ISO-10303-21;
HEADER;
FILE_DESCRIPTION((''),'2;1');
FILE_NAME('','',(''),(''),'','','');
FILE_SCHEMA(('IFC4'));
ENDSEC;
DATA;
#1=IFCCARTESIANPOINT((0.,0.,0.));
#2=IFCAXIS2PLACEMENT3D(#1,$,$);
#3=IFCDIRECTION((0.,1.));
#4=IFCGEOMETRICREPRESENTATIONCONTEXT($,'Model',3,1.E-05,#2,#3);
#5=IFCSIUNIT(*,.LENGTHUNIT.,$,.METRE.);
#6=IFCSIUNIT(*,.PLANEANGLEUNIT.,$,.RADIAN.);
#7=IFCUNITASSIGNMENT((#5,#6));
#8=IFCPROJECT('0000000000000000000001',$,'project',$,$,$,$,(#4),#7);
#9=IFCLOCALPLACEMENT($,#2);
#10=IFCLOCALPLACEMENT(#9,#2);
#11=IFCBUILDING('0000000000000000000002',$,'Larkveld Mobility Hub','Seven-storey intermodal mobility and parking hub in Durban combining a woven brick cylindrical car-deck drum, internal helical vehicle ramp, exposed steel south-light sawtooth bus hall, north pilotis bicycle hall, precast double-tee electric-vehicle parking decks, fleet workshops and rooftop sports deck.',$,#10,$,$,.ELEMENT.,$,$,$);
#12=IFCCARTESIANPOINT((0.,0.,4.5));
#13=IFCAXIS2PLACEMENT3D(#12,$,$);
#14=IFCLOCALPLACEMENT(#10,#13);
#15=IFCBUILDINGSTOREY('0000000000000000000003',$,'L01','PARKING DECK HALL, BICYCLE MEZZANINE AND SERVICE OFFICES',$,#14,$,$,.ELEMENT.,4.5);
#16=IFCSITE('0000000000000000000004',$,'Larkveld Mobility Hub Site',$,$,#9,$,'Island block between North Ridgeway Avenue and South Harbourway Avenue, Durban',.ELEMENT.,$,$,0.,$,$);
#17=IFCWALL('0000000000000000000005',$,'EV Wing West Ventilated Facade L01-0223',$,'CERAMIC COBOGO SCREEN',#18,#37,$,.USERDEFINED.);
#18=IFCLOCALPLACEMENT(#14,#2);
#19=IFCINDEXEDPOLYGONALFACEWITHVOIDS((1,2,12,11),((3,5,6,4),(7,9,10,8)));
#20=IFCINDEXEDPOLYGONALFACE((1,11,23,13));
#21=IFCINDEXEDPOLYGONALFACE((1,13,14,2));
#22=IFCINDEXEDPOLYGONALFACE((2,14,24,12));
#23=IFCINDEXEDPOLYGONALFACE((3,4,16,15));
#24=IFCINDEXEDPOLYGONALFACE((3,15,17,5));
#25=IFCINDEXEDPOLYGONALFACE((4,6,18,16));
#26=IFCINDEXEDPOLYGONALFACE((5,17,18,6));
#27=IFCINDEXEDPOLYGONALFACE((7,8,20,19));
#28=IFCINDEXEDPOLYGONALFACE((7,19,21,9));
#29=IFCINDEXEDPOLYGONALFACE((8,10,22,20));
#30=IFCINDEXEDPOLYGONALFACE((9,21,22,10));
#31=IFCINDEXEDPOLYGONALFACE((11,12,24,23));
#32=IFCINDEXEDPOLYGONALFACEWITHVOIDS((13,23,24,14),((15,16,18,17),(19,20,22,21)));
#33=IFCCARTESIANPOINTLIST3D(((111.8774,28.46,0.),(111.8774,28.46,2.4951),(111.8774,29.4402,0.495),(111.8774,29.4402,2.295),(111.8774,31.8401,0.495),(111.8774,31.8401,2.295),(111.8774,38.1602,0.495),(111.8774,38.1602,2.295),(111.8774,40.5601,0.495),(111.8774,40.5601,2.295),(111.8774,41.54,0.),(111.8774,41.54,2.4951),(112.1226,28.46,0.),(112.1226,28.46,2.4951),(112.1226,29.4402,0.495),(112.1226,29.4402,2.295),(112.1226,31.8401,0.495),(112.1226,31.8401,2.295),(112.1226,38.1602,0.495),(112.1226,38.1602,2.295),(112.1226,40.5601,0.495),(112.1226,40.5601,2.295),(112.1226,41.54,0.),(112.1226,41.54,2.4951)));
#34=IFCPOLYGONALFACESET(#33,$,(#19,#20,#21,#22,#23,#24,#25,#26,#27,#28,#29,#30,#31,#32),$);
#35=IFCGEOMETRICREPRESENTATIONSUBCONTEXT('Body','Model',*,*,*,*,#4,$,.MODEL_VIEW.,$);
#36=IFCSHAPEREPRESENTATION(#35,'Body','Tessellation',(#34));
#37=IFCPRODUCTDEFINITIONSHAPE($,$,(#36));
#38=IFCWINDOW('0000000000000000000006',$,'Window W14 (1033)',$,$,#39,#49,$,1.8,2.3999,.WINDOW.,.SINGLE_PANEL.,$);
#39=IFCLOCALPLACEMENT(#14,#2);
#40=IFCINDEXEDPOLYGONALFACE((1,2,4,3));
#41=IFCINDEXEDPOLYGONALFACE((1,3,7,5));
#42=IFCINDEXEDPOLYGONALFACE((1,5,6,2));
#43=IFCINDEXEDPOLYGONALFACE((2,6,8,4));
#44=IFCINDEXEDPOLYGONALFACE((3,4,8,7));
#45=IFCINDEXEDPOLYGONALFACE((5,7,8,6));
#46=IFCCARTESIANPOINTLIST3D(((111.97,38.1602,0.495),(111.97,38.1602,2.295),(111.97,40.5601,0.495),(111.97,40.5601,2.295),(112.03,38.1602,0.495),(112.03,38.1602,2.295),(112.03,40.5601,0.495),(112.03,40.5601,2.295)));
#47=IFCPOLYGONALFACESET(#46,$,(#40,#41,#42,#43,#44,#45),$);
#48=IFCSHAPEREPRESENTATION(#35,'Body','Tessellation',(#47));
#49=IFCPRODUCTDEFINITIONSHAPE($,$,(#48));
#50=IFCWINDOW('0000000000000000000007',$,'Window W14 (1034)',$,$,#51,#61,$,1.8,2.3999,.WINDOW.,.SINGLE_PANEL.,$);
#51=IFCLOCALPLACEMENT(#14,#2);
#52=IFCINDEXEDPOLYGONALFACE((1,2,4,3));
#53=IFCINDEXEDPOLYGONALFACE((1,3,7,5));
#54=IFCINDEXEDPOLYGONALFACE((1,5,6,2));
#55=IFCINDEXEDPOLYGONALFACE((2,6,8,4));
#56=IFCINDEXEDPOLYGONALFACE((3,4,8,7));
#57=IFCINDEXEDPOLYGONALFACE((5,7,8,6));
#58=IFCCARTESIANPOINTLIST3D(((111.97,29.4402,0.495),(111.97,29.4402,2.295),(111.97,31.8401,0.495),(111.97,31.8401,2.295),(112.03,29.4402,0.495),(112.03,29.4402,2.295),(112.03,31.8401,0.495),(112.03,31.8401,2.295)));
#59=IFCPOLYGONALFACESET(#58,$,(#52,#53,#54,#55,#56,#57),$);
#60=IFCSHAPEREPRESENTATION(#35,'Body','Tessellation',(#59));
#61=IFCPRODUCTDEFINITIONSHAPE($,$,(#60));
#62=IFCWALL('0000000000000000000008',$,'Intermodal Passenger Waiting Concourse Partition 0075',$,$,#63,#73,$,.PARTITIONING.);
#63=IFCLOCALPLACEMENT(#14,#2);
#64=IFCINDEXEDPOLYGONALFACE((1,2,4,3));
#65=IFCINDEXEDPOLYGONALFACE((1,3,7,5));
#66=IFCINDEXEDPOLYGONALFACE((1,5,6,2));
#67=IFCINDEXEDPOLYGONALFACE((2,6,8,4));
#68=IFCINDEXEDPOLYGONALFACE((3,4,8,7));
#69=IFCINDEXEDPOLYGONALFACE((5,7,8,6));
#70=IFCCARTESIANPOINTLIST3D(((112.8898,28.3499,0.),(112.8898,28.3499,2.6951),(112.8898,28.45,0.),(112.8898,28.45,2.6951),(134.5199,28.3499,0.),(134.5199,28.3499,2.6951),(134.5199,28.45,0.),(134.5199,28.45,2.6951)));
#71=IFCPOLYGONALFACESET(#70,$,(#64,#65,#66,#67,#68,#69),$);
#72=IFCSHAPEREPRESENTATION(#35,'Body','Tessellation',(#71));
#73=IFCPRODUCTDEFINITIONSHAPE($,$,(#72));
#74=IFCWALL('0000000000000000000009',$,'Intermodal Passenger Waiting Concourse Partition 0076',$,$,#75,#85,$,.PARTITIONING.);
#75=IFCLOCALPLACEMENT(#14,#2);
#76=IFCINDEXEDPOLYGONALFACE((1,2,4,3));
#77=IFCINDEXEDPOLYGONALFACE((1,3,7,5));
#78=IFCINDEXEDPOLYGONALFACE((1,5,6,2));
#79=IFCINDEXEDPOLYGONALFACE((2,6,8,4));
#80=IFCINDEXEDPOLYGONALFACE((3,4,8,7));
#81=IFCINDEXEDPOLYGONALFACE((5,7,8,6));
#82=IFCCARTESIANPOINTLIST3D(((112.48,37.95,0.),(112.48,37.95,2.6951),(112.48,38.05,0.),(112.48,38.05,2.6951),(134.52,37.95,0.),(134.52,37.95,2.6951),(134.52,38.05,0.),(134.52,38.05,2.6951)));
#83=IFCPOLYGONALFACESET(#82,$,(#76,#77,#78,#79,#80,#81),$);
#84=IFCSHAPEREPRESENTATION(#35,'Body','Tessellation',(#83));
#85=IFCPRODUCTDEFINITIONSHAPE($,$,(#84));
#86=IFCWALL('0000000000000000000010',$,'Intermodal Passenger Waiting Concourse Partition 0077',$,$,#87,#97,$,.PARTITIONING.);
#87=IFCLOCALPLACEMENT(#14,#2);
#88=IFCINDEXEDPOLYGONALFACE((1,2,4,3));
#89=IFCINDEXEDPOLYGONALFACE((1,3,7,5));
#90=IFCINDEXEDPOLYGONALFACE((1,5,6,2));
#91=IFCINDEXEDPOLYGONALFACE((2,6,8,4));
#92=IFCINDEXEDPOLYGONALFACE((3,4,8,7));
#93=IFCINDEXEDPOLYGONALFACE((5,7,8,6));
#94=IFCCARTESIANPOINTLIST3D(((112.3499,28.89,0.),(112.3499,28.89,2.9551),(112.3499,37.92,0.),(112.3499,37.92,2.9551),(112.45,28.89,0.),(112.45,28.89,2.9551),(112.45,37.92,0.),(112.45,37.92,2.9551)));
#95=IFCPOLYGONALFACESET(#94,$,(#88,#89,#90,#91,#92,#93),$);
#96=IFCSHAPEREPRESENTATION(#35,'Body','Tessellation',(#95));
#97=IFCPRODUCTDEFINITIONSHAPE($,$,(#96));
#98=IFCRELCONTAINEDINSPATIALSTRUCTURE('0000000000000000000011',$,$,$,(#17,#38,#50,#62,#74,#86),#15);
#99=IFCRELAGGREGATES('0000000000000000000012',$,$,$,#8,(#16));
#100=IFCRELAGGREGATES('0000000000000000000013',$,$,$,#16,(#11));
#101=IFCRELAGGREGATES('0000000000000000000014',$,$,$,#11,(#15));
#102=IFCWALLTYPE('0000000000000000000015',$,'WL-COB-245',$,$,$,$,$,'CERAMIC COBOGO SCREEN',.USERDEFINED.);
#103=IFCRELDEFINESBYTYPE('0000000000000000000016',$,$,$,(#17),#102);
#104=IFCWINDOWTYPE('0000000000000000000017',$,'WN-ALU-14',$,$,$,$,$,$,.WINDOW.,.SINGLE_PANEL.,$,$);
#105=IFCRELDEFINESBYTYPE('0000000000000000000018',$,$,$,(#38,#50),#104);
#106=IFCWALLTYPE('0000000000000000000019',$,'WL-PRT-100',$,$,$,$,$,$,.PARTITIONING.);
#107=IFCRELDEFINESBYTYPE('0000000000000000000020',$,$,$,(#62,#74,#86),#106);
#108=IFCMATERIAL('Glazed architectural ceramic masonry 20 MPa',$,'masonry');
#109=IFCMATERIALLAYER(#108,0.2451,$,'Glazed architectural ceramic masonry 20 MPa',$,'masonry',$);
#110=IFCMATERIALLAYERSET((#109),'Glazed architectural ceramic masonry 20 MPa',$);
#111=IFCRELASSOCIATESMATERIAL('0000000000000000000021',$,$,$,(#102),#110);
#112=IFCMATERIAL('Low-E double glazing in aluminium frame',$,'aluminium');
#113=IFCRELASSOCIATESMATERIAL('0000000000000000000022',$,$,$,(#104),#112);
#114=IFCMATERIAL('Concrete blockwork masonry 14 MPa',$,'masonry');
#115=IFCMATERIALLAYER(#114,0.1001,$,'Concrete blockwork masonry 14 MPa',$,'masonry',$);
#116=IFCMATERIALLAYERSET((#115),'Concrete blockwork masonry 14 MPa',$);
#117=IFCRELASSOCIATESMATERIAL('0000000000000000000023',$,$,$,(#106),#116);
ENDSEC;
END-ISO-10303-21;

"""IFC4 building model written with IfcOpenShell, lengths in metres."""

from ifc_helpers import new_model, si_unit, direction, frame, frame_2d, origin, place, context, subcontext, project, spatial, rectangle, extrude, material, layer, layer_set, type_object, element, fill, save


model = new_model("IFC4")

# Units and contexts
model_context = context("Model", 3, precision=1e-05, world=origin(), true_north=direction((0.0, 1.0)))
body_context = subcontext(model_context, "Body", "Model", "MODEL_VIEW")
ifc_project = project(units=[si_unit("LENGTHUNIT", "METRE"), si_unit("PLANEANGLEUNIT", "RADIAN")], contexts=[model_context])

# Site, building, storey
site_placement = place(None, origin())
site = spatial("IfcSite", under=ifc_project, at=site_placement, Name="Larkveld Mobility Hub Site", LongName="Island block between North Ridgeway Avenue and South Harbourway Avenue, Durban", CompositionType="ELEMENT", RefElevation=0.0)
building_placement = place(site_placement, origin())
building = spatial("IfcBuilding", under=site, at=building_placement, Name="Larkveld Mobility Hub", Description="Seven-storey intermodal mobility and parking hub in Durban combining a woven brick cylindrical car-deck drum, internal helical vehicle ramp, exposed steel south-light sawtooth bus hall, north pilotis bicycle hall, precast double-tee electric-vehicle parking decks, fleet workshops and rooftop sports deck.", CompositionType="ELEMENT")
storey_placement = place(building_placement, frame((0.0, 0.0, 4.5)))
storey = spatial("IfcBuildingStorey", under=building, at=storey_placement, Name="L01", Description="PARKING DECK HALL, BICYCLE MEZZANINE AND SERVICE OFFICES", CompositionType="ELEMENT", Elevation=4.5)

# Shared definitions
ifc_material_1 = material(Name="Glazed architectural ceramic masonry 20 MPa", Category="masonry")

# Wall, openings, windows
ifc_layer_1 = layer(ifc_material_1, 0.2451, Name="Glazed architectural ceramic masonry 20 MPa", Category="masonry")
ifc_layer_set_1 = layer_set([ifc_layer_1], Name="Glazed architectural ceramic masonry 20 MPa")
wall_type_1 = type_object("IfcWallType", Name="WL-COB-245", ElementType="CERAMIC COBOGO SCREEN", PredefinedType="USERDEFINED", material=ifc_layer_set_1)
wall_1_placement = place(storey_placement, frame((112.0, 41.54, 0.0), z_axis=(0.0, 0.0, 1.0), x_axis=(0.0, -1.0, 0.0)))
wall_1 = element("IfcWall", 1, at=wall_1_placement, inside=storey, type_object=wall_type_1, Name="EV Wing West Ventilated Facade L01-0223", ObjectType="CERAMIC COBOGO SCREEN", PredefinedType="USERDEFINED", context=body_context, shape_type="SweptSolid", body=[
    extrude(rectangle(XDim=13.0801, YDim=0.2451, at=frame_2d((6.54, 0.0))), origin(), (0.0, 0.0, 1.0), 2.4951),
])
opening_1_placement = place(wall_1_placement, frame((0.98, 0.0, 0.4951)))
opening_1 = element("IfcOpeningElement", 2, at=opening_1_placement, cuts=wall_1, PredefinedType="OPENING", context=body_context, shape_type="SweptSolid", body=[
    extrude(rectangle(XDim=2.3999, YDim=1.8, at=frame_2d((1.2, 0.8999))), frame((0.0, 0.1326, 0.0), z_axis=(0.0, -1.0, 0.0), x_axis=(1.0, 0.0, 0.0)), (0.0, 0.0, 1.0), 0.2651),
])
opening_2_placement = place(wall_1_placement, frame((9.7, 0.0, 0.4951)))
opening_2 = element("IfcOpeningElement", 3, at=opening_2_placement, cuts=wall_1, PredefinedType="OPENING", context=body_context, shape_type="SweptSolid", body=[
    extrude(rectangle(XDim=2.3999, YDim=1.8, at=frame_2d((1.2, 0.8999))), frame((0.0, 0.1326, 0.0), z_axis=(0.0, -1.0, 0.0), x_axis=(1.0, 0.0, 0.0)), (0.0, 0.0, 1.0), 0.2651),
])
ifc_material_2 = material(Name="Low-E double glazing in aluminium frame", Category="aluminium")
window_type = type_object("IfcWindowType", Name="WN-ALU-14", PartitioningType="SINGLE_PANEL", PredefinedType="WINDOW", material=ifc_material_2)
window_1_placement = place(opening_1_placement, origin())
window_1 = element("IfcWindow", 4, at=window_1_placement, inside=storey, type_object=window_type, Name="Window W14 (1033)", OverallHeight=1.8, OverallWidth=2.3999, PartitioningType="SINGLE_PANEL", PredefinedType="WINDOW", context=body_context, shape_type="SweptSolid", body=[
    extrude(rectangle(XDim=2.3999, YDim=1.8, at=frame_2d((1.2, 0.8999))), frame((0.0, 0.03, 0.0), z_axis=(0.0, -1.0, 0.0), x_axis=(1.0, 0.0, 0.0)), (0.0, 0.0, 1.0), 0.0601),
])
fill(opening_1, window_1)
window_2_placement = place(opening_2_placement, origin())
window_2 = element("IfcWindow", 5, at=window_2_placement, inside=storey, type_object=window_type, Name="Window W14 (1034)", OverallHeight=1.8, OverallWidth=2.3999, PartitioningType="SINGLE_PANEL", PredefinedType="WINDOW", context=body_context, shape_type="SweptSolid", body=[
    extrude(rectangle(XDim=2.3999, YDim=1.8, at=frame_2d((1.2, 0.8999))), frame((0.0, 0.03, 0.0), z_axis=(0.0, -1.0, 0.0), x_axis=(1.0, 0.0, 0.0)), (0.0, 0.0, 1.0), 0.0601),
])
fill(opening_2, window_2)

# Walls
ifc_material_3 = material(Name="Concrete blockwork masonry 14 MPa", Category="masonry")
ifc_layer_2 = layer(ifc_material_3, 0.1001, Name="Concrete blockwork masonry 14 MPa", Category="masonry")
ifc_layer_set_2 = layer_set([ifc_layer_2], Name="Concrete blockwork masonry 14 MPa")
wall_type_2 = type_object("IfcWallType", Name="WL-PRT-100", PredefinedType="PARTITIONING", material=ifc_layer_set_2)
wall_2_placement = place(storey_placement, frame((112.8899, 28.3999, 0.0), z_axis=(0.0, 0.0, 1.0), x_axis=(1.0, 0.0, 0.0)))
element("IfcWall", 6, at=wall_2_placement, inside=storey, type_object=wall_type_2, Name="Intermodal Passenger Waiting Concourse Partition 0075", PredefinedType="PARTITIONING", context=body_context, shape_type="SweptSolid", body=[
    extrude(rectangle(XDim=21.6301, YDim=0.1001, at=frame_2d((10.8149, 0.0))), origin(), (0.0, 0.0, 1.0), 2.6951),
])
wall_3_placement = place(storey_placement, frame((112.48, 38.0, 0.0), z_axis=(0.0, 0.0, 1.0), x_axis=(1.0, 0.0, 0.0)))
element("IfcWall", 7, at=wall_3_placement, inside=storey, type_object=wall_type_2, Name="Intermodal Passenger Waiting Concourse Partition 0076", PredefinedType="PARTITIONING", context=body_context, shape_type="SweptSolid", body=[
    extrude(rectangle(XDim=22.04, YDim=0.1001, at=frame_2d((11.02, 0.0))), origin(), (0.0, 0.0, 1.0), 2.6951),
])
wall_4_placement = place(storey_placement, frame((112.3999, 28.8899, 0.0), z_axis=(0.0, 0.0, 1.0), x_axis=(0.0, 1.0, 0.0)))
element("IfcWall", 8, at=wall_4_placement, inside=storey, type_object=wall_type_2, Name="Intermodal Passenger Waiting Concourse Partition 0077", PredefinedType="PARTITIONING", context=body_context, shape_type="SweptSolid", body=[
    extrude(rectangle(XDim=9.03, YDim=0.1001, at=frame_2d((4.5151, 0.0))), origin(), (0.0, 0.0, 1.0), 2.9551),
])

save(model, "model.ifc")
